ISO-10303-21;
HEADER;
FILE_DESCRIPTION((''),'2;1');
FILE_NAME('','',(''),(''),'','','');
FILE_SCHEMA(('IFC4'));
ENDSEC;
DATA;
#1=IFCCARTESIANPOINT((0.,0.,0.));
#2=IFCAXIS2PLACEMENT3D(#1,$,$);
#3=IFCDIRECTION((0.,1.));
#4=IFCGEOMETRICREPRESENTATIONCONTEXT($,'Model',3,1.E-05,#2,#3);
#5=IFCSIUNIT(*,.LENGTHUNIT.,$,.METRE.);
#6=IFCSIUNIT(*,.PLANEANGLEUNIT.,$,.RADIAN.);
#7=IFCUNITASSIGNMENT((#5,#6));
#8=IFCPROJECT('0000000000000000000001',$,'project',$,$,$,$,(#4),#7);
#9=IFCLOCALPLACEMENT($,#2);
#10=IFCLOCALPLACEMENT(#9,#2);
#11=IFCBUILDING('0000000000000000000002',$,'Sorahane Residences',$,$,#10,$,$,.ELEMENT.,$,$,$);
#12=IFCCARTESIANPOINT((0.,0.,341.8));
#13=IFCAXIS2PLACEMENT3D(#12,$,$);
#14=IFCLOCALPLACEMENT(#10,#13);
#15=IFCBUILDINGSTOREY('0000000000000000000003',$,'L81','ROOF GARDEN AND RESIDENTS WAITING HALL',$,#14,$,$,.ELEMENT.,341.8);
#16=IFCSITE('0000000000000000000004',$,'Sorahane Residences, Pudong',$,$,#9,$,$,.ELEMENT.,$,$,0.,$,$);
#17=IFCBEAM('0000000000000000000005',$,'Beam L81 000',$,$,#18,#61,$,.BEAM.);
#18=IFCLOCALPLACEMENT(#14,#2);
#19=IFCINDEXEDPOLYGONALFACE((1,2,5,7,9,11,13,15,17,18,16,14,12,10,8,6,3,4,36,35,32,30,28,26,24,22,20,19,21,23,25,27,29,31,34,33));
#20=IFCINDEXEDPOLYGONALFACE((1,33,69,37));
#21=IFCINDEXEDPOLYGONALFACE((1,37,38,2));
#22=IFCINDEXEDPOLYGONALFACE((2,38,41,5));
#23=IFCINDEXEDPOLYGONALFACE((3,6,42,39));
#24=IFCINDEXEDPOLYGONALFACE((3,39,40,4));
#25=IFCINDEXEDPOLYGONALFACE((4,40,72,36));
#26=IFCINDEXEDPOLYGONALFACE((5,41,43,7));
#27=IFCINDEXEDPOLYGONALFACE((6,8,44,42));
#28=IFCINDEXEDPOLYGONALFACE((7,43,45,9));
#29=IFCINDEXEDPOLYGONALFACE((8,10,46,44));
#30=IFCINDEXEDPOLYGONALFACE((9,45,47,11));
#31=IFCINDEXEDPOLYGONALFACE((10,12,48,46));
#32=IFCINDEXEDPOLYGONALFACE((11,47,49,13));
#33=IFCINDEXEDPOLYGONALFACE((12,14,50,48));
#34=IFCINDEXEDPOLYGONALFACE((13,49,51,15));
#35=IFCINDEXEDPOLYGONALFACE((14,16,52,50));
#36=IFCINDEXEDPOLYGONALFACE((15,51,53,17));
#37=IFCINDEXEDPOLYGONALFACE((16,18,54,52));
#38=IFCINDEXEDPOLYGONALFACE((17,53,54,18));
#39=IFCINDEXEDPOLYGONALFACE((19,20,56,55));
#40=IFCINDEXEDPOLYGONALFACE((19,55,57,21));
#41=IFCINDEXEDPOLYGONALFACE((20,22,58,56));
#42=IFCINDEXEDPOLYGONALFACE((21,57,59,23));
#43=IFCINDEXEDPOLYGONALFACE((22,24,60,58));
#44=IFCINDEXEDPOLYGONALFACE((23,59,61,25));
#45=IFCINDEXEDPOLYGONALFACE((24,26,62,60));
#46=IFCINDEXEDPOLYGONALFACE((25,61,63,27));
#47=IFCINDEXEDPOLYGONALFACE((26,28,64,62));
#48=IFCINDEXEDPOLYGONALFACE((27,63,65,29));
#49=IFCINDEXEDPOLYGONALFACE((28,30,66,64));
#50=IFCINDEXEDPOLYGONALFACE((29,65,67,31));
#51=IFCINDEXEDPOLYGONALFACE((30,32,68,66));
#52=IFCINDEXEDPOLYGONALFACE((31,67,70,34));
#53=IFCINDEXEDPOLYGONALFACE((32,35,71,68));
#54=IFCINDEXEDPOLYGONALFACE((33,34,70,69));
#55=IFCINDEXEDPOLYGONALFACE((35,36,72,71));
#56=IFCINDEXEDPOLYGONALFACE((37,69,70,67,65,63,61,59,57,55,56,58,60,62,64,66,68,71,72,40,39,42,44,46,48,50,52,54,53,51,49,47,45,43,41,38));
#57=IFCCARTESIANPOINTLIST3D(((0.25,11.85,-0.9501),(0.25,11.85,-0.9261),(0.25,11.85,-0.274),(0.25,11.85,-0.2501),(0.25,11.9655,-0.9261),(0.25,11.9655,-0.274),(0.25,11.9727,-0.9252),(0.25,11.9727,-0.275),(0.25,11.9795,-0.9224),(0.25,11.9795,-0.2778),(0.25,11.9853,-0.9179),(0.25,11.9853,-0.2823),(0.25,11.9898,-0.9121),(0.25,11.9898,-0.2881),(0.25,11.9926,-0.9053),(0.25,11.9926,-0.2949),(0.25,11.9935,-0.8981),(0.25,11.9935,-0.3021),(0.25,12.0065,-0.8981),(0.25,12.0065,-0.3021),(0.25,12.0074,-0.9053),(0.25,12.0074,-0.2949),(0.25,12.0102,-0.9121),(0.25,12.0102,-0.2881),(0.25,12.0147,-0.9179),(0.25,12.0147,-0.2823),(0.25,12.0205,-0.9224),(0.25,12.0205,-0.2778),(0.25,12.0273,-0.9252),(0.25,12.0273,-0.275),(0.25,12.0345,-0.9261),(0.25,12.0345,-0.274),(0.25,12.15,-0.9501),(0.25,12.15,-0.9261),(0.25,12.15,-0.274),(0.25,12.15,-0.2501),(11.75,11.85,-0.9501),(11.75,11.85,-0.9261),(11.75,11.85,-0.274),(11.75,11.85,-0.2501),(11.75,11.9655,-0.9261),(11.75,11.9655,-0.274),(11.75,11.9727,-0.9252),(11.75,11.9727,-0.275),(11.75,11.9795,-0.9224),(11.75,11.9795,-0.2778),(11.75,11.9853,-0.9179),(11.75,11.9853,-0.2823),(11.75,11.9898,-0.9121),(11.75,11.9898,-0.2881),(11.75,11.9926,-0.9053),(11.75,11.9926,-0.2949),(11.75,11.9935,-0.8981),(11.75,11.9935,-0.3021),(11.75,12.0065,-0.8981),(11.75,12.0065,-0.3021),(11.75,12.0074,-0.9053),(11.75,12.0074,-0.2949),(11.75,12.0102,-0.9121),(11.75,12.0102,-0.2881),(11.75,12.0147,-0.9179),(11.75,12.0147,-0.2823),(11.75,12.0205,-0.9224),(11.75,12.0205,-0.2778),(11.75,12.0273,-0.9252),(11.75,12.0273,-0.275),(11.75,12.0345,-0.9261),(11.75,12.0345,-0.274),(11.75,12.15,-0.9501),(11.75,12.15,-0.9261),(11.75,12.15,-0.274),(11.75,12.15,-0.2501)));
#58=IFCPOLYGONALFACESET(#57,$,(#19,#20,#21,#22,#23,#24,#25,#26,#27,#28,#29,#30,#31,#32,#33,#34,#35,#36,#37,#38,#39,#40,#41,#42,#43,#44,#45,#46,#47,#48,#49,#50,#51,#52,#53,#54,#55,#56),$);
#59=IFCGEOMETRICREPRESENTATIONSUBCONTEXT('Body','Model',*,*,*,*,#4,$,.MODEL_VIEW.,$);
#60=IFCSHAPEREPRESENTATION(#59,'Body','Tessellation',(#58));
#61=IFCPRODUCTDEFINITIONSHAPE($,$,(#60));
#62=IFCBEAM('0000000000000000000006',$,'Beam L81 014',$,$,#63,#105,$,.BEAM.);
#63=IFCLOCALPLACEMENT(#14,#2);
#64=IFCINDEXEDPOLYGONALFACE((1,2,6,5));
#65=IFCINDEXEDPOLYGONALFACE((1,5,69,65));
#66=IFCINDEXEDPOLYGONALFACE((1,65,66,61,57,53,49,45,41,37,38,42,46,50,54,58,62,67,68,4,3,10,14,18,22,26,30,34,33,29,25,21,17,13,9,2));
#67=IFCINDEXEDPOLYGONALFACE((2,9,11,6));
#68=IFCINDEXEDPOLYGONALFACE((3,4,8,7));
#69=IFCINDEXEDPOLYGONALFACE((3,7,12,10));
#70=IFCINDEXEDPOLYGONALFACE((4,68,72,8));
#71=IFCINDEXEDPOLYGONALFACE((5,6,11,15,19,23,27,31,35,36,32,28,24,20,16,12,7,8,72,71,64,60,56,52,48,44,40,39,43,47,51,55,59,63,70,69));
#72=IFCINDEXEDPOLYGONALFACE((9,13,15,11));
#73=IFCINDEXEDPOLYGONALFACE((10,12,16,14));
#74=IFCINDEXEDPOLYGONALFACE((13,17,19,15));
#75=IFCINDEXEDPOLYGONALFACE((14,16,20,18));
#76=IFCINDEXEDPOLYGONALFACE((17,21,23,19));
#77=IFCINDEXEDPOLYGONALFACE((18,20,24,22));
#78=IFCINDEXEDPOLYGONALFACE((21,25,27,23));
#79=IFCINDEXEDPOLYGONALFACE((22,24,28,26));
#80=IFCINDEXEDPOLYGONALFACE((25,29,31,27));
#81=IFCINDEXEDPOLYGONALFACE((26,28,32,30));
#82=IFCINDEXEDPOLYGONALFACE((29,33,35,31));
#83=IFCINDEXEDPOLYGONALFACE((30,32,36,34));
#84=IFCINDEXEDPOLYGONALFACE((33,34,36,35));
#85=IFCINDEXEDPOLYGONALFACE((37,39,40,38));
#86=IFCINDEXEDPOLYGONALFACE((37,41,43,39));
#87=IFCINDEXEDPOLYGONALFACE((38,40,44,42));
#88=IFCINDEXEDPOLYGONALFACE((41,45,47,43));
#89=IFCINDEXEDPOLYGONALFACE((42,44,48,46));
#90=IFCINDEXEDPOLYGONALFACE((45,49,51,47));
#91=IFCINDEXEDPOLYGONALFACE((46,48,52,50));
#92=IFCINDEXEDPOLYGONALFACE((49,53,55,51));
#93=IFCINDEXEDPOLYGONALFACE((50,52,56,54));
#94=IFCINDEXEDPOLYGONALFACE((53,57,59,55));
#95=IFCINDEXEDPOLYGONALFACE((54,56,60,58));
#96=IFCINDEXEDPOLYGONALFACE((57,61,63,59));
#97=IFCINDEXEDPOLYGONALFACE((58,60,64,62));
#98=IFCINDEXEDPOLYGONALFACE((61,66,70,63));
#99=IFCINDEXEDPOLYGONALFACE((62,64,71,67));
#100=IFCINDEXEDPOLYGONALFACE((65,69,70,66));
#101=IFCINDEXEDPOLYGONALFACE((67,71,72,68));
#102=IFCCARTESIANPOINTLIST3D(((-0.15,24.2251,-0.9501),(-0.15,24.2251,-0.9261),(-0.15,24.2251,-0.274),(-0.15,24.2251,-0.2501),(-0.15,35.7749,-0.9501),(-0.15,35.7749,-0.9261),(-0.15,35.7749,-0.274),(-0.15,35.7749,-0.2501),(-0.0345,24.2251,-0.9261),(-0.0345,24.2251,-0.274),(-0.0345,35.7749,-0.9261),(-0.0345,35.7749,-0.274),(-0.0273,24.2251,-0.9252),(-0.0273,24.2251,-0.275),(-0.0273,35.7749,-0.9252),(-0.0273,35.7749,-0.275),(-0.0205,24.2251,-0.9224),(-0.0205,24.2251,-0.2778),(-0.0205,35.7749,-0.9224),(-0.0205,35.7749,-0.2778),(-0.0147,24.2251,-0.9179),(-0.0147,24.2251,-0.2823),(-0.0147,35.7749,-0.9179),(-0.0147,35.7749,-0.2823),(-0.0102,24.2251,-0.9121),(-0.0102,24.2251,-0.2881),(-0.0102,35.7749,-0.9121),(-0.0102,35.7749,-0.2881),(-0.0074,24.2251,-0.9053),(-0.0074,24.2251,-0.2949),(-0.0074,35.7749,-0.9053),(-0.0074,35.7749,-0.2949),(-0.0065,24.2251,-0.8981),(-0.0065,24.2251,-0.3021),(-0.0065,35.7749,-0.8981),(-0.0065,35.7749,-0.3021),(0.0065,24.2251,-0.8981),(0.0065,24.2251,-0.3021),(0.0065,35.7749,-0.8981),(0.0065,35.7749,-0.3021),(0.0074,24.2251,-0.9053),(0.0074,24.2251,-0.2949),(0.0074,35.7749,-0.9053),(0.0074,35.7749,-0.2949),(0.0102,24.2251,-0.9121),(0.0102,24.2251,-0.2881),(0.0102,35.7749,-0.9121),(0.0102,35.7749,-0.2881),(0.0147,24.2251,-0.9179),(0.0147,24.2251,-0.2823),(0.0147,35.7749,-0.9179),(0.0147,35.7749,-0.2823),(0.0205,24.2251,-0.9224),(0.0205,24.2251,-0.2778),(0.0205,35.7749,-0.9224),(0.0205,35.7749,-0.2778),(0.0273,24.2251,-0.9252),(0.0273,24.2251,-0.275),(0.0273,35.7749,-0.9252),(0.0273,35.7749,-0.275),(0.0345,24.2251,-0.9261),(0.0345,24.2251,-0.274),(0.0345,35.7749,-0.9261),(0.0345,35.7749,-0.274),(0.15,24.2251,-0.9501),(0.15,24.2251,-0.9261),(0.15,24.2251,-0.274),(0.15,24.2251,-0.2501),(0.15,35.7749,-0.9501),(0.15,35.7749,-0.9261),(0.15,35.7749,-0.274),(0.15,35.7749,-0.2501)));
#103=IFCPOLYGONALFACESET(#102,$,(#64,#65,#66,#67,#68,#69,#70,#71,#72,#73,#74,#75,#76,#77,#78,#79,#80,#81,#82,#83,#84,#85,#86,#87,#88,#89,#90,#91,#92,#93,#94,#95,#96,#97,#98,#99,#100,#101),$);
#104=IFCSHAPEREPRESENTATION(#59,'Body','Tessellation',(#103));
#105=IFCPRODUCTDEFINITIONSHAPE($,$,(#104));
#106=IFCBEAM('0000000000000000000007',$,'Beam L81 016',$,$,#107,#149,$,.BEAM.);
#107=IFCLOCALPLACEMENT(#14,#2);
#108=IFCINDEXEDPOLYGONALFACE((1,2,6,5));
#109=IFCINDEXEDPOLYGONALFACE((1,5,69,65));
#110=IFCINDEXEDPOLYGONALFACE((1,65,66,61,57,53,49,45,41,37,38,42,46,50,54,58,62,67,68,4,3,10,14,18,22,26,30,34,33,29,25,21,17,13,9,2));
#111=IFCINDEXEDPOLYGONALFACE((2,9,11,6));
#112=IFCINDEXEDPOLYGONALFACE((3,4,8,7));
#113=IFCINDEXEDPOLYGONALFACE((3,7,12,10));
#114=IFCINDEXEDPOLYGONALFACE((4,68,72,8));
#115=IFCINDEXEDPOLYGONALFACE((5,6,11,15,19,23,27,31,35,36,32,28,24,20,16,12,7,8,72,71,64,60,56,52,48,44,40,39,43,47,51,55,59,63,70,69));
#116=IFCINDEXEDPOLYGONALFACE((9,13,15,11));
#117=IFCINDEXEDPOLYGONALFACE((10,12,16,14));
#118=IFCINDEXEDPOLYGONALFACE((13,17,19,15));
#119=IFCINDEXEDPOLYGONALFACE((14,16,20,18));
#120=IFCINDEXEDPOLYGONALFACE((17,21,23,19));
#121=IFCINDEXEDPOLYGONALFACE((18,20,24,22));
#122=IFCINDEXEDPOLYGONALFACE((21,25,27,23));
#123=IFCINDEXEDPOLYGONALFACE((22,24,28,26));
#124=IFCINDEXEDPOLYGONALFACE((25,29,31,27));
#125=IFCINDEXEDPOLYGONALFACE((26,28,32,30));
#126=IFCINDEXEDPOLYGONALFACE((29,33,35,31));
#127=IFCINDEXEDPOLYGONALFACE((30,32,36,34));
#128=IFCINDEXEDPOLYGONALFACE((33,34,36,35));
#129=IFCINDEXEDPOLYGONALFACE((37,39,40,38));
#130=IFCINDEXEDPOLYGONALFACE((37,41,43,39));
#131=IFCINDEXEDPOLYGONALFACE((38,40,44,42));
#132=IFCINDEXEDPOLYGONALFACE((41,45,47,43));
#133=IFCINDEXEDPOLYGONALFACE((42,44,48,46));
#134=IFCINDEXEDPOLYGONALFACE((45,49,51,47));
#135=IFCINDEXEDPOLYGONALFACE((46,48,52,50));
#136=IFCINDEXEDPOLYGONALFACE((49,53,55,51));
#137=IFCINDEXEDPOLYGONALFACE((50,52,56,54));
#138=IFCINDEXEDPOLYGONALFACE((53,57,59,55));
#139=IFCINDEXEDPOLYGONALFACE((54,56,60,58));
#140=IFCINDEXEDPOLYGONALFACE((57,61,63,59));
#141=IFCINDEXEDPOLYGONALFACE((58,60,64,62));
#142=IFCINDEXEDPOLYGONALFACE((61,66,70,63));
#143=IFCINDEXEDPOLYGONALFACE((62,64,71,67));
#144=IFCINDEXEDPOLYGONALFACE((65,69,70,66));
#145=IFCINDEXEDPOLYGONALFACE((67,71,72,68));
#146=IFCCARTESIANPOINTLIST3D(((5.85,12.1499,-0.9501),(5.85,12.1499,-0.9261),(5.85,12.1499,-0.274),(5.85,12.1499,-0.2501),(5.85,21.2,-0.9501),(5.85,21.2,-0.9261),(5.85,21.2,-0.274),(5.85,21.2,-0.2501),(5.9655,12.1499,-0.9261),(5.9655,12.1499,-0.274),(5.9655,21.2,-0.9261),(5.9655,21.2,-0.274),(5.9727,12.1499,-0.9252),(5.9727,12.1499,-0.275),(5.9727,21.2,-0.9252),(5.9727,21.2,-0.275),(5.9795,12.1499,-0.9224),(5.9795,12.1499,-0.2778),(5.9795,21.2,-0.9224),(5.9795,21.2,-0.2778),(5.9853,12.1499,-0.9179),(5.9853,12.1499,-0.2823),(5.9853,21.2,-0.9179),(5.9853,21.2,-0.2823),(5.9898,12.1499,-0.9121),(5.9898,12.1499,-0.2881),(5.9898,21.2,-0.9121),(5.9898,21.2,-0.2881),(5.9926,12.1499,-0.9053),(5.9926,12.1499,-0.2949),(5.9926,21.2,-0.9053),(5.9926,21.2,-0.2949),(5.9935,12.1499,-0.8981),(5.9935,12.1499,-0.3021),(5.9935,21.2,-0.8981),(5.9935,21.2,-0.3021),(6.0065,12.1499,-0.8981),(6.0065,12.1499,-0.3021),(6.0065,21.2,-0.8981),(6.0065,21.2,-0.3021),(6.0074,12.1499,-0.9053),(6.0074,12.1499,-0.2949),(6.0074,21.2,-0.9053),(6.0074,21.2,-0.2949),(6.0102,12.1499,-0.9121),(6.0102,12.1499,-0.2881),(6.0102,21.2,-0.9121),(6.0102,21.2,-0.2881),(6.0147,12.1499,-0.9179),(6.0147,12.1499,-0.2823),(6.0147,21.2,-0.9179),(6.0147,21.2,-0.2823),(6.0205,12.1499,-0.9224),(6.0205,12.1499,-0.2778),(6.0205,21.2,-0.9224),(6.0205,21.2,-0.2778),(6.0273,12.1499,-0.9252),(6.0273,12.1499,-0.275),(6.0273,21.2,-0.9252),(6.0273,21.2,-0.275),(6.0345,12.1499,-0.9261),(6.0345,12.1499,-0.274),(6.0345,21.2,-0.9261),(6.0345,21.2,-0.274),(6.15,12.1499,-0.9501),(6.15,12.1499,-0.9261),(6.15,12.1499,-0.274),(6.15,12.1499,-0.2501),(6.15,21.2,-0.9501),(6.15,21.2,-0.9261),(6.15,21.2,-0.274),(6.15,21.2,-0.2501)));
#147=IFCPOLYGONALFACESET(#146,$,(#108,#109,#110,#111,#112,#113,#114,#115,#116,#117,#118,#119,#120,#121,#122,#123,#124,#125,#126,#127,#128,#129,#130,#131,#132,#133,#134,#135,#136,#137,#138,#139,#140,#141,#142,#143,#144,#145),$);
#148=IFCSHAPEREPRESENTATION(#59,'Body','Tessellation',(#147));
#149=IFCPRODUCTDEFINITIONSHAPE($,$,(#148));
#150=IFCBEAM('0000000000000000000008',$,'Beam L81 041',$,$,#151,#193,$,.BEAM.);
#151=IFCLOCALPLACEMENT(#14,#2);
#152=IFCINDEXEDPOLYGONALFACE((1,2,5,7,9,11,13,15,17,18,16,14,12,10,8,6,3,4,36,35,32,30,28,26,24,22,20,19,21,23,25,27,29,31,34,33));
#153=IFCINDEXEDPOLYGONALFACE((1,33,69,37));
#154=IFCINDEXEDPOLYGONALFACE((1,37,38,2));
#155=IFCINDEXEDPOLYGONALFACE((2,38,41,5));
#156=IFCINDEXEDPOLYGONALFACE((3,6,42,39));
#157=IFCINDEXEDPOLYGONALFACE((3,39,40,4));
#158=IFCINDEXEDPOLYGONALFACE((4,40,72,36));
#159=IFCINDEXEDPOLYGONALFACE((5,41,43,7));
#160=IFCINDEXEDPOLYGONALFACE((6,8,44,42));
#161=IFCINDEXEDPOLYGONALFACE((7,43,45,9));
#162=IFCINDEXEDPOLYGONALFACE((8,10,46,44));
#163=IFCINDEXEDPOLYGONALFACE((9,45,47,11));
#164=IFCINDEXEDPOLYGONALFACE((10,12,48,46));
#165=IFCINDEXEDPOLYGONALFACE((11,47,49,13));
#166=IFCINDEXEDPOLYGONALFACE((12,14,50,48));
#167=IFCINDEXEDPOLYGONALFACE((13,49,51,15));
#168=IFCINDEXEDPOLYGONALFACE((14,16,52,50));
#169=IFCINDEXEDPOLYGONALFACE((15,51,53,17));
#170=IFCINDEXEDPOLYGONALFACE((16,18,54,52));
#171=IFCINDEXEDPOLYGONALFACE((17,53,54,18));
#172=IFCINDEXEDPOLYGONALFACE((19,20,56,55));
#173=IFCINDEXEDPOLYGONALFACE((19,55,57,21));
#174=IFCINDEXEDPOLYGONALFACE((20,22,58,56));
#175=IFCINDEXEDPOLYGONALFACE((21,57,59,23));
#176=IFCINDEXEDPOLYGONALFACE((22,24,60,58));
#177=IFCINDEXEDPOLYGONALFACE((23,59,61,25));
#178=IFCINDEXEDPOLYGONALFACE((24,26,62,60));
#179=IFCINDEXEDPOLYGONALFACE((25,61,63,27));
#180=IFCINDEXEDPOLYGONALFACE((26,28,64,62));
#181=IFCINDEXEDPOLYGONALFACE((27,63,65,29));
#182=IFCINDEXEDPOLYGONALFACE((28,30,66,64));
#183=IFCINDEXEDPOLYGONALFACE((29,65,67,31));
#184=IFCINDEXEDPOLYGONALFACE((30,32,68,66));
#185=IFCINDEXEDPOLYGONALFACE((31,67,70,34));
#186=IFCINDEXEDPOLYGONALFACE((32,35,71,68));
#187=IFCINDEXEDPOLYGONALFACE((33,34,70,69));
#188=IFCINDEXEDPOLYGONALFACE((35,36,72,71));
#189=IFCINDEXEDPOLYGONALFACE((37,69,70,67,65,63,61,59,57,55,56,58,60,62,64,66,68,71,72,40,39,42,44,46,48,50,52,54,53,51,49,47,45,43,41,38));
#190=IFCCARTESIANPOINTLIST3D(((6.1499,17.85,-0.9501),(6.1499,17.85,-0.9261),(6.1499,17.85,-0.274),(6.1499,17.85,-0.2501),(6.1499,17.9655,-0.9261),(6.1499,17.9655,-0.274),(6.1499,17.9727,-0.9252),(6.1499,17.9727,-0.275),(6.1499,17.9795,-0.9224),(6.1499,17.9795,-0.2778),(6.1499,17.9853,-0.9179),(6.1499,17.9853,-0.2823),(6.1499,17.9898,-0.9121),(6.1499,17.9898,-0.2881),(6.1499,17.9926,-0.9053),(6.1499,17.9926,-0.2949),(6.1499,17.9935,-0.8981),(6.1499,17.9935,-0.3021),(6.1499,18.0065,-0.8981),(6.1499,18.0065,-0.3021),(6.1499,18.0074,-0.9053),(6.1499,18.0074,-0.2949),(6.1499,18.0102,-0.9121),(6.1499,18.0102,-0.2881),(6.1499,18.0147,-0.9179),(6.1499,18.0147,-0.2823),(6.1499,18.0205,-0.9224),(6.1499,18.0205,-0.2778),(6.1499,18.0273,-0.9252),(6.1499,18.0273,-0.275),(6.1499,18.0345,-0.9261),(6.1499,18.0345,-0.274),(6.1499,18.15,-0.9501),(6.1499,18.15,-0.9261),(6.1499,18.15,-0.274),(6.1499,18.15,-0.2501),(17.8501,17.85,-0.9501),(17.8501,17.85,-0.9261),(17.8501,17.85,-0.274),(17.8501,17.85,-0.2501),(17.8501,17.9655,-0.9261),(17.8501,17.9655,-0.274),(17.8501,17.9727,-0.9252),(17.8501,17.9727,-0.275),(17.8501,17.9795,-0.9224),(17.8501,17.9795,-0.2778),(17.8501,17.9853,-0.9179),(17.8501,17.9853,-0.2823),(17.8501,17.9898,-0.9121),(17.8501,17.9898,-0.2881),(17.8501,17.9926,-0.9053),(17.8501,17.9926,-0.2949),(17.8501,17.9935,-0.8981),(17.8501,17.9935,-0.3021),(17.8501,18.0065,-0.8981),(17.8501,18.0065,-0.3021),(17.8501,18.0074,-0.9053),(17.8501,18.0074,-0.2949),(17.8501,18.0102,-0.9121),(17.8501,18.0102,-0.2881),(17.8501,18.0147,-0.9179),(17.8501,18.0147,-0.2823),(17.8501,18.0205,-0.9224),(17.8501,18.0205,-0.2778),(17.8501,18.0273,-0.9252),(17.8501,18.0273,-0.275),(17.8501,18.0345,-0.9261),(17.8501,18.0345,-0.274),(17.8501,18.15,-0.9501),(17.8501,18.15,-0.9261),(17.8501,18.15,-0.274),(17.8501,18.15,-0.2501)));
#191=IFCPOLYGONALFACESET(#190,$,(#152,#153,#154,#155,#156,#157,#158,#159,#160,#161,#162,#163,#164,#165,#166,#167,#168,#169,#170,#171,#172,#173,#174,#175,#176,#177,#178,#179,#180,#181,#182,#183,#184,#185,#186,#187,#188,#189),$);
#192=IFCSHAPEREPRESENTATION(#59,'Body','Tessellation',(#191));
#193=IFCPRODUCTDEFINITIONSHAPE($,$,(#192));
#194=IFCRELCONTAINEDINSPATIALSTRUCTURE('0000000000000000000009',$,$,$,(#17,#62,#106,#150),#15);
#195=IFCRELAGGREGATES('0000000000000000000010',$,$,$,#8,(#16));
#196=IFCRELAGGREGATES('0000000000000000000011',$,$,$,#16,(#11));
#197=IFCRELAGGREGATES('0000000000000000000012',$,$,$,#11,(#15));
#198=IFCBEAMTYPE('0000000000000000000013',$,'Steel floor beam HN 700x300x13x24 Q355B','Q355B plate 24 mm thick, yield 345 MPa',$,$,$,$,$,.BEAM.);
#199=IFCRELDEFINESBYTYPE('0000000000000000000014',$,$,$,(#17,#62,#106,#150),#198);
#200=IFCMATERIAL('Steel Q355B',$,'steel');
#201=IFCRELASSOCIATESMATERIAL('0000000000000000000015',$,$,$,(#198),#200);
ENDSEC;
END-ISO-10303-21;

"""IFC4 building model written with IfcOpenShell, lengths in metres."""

from ifc_helpers import new_model, si_unit, direction, frame, origin, origin_2d, place, context, subcontext, project, spatial, i_section, extrude, material, material_profile, profile_set, type_object, element, save


model = new_model("IFC4")

# Units and contexts
model_context = context("Model", 3, precision=1e-05, world=origin(), true_north=direction((0.0, 1.0)))
body_context = subcontext(model_context, "Body", "Model", "MODEL_VIEW")
ifc_project = project(units=[si_unit("LENGTHUNIT", "METRE"), si_unit("PLANEANGLEUNIT", "RADIAN")], contexts=[model_context])

# Site, building, storey
site_placement = place(None, origin())
site = spatial("IfcSite", under=ifc_project, at=site_placement, Name="Sorahane Residences, Pudong", CompositionType="ELEMENT", RefElevation=0.0)
building_placement = place(site_placement, origin())
building = spatial("IfcBuilding", under=site, at=building_placement, Name="Sorahane Residences", CompositionType="ELEMENT")
storey_placement = place(building_placement, frame((0.0, 0.0, 341.8)))
storey = spatial("IfcBuildingStorey", under=building, at=storey_placement, Name="L81", Description="ROOF GARDEN AND RESIDENTS WAITING HALL", CompositionType="ELEMENT", Elevation=341.8)

# Beams
ifc_material_1 = material(Name="Steel Q355B", Category="steel")
ifc_material_profile_1 = material_profile(ifc_material_1, i_section(OverallWidth=0.3, OverallDepth=0.7, WebThickness=0.0129, FlangeThickness=0.0239, FilletRadius=0.0281, at=origin_2d()), Name="HN 700x300x13x24")
ifc_profile_set_1 = profile_set([ifc_material_profile_1], Name="Steel Q355B")
beam_type_1 = type_object("IfcBeamType", Name="Steel floor beam HN 700x300x13x24 Q355B", Description="Q355B plate 24 mm thick, yield 345 MPa", PredefinedType="BEAM", material=ifc_profile_set_1)
beam_1_placement = place(storey_placement, frame((0.25, 12.0, -0.6001), z_axis=(1.0, 0.0, 0.0), x_axis=(0.0, 1.0, 0.0)))
element("IfcBeam", 1, at=beam_1_placement, inside=storey, type_object=beam_type_1, Name="Beam L81 000", PredefinedType="BEAM", context=body_context, shape_type="SweptSolid", body=[
    extrude(i_section(OverallWidth=0.3, OverallDepth=0.7, WebThickness=0.0129, FlangeThickness=0.0239, FilletRadius=0.0281, at=origin_2d()), origin(), (0.0, 0.0, 1.0), 11.5),
])
beam_2_placement = place(storey_placement, frame((0.0, 24.2251, -0.6001), z_axis=(0.0, 1.0, 0.0), x_axis=(-1.0, 0.0, 0.0)))
element("IfcBeam", 2, at=beam_2_placement, inside=storey, type_object=beam_type_1, Name="Beam L81 014", PredefinedType="BEAM", context=body_context, shape_type="SweptSolid", body=[
    extrude(i_section(OverallWidth=0.3, OverallDepth=0.7, WebThickness=0.0129, FlangeThickness=0.0239, FilletRadius=0.0281, at=origin_2d()), origin(), (0.0, 0.0, 1.0), 11.5498),
])
beam_3_placement = place(storey_placement, frame((6.0, 12.1499, -0.6001), z_axis=(0.0, 1.0, 0.0), x_axis=(-1.0, 0.0, 0.0)))
element("IfcBeam", 3, at=beam_3_placement, inside=storey, type_object=beam_type_1, Name="Beam L81 016", PredefinedType="BEAM", context=body_context, shape_type="SweptSolid", body=[
    extrude(i_section(OverallWidth=0.3, OverallDepth=0.7, WebThickness=0.0129, FlangeThickness=0.0239, FilletRadius=0.0281, at=origin_2d()), origin(), (0.0, 0.0, 1.0), 9.05),
])
beam_4_placement = place(storey_placement, frame((6.1499, 18.0, -0.6001), z_axis=(1.0, 0.0, 0.0), x_axis=(0.0, 1.0, 0.0)))
element("IfcBeam", 4, at=beam_4_placement, inside=storey, type_object=beam_type_1, Name="Beam L81 041", PredefinedType="BEAM", context=body_context, shape_type="SweptSolid", body=[
    extrude(i_section(OverallWidth=0.3, OverallDepth=0.7, WebThickness=0.0129, FlangeThickness=0.0239, FilletRadius=0.0281, at=origin_2d()), origin(), (0.0, 0.0, 1.0), 11.7002),
])

save(model, "model.ifc")
